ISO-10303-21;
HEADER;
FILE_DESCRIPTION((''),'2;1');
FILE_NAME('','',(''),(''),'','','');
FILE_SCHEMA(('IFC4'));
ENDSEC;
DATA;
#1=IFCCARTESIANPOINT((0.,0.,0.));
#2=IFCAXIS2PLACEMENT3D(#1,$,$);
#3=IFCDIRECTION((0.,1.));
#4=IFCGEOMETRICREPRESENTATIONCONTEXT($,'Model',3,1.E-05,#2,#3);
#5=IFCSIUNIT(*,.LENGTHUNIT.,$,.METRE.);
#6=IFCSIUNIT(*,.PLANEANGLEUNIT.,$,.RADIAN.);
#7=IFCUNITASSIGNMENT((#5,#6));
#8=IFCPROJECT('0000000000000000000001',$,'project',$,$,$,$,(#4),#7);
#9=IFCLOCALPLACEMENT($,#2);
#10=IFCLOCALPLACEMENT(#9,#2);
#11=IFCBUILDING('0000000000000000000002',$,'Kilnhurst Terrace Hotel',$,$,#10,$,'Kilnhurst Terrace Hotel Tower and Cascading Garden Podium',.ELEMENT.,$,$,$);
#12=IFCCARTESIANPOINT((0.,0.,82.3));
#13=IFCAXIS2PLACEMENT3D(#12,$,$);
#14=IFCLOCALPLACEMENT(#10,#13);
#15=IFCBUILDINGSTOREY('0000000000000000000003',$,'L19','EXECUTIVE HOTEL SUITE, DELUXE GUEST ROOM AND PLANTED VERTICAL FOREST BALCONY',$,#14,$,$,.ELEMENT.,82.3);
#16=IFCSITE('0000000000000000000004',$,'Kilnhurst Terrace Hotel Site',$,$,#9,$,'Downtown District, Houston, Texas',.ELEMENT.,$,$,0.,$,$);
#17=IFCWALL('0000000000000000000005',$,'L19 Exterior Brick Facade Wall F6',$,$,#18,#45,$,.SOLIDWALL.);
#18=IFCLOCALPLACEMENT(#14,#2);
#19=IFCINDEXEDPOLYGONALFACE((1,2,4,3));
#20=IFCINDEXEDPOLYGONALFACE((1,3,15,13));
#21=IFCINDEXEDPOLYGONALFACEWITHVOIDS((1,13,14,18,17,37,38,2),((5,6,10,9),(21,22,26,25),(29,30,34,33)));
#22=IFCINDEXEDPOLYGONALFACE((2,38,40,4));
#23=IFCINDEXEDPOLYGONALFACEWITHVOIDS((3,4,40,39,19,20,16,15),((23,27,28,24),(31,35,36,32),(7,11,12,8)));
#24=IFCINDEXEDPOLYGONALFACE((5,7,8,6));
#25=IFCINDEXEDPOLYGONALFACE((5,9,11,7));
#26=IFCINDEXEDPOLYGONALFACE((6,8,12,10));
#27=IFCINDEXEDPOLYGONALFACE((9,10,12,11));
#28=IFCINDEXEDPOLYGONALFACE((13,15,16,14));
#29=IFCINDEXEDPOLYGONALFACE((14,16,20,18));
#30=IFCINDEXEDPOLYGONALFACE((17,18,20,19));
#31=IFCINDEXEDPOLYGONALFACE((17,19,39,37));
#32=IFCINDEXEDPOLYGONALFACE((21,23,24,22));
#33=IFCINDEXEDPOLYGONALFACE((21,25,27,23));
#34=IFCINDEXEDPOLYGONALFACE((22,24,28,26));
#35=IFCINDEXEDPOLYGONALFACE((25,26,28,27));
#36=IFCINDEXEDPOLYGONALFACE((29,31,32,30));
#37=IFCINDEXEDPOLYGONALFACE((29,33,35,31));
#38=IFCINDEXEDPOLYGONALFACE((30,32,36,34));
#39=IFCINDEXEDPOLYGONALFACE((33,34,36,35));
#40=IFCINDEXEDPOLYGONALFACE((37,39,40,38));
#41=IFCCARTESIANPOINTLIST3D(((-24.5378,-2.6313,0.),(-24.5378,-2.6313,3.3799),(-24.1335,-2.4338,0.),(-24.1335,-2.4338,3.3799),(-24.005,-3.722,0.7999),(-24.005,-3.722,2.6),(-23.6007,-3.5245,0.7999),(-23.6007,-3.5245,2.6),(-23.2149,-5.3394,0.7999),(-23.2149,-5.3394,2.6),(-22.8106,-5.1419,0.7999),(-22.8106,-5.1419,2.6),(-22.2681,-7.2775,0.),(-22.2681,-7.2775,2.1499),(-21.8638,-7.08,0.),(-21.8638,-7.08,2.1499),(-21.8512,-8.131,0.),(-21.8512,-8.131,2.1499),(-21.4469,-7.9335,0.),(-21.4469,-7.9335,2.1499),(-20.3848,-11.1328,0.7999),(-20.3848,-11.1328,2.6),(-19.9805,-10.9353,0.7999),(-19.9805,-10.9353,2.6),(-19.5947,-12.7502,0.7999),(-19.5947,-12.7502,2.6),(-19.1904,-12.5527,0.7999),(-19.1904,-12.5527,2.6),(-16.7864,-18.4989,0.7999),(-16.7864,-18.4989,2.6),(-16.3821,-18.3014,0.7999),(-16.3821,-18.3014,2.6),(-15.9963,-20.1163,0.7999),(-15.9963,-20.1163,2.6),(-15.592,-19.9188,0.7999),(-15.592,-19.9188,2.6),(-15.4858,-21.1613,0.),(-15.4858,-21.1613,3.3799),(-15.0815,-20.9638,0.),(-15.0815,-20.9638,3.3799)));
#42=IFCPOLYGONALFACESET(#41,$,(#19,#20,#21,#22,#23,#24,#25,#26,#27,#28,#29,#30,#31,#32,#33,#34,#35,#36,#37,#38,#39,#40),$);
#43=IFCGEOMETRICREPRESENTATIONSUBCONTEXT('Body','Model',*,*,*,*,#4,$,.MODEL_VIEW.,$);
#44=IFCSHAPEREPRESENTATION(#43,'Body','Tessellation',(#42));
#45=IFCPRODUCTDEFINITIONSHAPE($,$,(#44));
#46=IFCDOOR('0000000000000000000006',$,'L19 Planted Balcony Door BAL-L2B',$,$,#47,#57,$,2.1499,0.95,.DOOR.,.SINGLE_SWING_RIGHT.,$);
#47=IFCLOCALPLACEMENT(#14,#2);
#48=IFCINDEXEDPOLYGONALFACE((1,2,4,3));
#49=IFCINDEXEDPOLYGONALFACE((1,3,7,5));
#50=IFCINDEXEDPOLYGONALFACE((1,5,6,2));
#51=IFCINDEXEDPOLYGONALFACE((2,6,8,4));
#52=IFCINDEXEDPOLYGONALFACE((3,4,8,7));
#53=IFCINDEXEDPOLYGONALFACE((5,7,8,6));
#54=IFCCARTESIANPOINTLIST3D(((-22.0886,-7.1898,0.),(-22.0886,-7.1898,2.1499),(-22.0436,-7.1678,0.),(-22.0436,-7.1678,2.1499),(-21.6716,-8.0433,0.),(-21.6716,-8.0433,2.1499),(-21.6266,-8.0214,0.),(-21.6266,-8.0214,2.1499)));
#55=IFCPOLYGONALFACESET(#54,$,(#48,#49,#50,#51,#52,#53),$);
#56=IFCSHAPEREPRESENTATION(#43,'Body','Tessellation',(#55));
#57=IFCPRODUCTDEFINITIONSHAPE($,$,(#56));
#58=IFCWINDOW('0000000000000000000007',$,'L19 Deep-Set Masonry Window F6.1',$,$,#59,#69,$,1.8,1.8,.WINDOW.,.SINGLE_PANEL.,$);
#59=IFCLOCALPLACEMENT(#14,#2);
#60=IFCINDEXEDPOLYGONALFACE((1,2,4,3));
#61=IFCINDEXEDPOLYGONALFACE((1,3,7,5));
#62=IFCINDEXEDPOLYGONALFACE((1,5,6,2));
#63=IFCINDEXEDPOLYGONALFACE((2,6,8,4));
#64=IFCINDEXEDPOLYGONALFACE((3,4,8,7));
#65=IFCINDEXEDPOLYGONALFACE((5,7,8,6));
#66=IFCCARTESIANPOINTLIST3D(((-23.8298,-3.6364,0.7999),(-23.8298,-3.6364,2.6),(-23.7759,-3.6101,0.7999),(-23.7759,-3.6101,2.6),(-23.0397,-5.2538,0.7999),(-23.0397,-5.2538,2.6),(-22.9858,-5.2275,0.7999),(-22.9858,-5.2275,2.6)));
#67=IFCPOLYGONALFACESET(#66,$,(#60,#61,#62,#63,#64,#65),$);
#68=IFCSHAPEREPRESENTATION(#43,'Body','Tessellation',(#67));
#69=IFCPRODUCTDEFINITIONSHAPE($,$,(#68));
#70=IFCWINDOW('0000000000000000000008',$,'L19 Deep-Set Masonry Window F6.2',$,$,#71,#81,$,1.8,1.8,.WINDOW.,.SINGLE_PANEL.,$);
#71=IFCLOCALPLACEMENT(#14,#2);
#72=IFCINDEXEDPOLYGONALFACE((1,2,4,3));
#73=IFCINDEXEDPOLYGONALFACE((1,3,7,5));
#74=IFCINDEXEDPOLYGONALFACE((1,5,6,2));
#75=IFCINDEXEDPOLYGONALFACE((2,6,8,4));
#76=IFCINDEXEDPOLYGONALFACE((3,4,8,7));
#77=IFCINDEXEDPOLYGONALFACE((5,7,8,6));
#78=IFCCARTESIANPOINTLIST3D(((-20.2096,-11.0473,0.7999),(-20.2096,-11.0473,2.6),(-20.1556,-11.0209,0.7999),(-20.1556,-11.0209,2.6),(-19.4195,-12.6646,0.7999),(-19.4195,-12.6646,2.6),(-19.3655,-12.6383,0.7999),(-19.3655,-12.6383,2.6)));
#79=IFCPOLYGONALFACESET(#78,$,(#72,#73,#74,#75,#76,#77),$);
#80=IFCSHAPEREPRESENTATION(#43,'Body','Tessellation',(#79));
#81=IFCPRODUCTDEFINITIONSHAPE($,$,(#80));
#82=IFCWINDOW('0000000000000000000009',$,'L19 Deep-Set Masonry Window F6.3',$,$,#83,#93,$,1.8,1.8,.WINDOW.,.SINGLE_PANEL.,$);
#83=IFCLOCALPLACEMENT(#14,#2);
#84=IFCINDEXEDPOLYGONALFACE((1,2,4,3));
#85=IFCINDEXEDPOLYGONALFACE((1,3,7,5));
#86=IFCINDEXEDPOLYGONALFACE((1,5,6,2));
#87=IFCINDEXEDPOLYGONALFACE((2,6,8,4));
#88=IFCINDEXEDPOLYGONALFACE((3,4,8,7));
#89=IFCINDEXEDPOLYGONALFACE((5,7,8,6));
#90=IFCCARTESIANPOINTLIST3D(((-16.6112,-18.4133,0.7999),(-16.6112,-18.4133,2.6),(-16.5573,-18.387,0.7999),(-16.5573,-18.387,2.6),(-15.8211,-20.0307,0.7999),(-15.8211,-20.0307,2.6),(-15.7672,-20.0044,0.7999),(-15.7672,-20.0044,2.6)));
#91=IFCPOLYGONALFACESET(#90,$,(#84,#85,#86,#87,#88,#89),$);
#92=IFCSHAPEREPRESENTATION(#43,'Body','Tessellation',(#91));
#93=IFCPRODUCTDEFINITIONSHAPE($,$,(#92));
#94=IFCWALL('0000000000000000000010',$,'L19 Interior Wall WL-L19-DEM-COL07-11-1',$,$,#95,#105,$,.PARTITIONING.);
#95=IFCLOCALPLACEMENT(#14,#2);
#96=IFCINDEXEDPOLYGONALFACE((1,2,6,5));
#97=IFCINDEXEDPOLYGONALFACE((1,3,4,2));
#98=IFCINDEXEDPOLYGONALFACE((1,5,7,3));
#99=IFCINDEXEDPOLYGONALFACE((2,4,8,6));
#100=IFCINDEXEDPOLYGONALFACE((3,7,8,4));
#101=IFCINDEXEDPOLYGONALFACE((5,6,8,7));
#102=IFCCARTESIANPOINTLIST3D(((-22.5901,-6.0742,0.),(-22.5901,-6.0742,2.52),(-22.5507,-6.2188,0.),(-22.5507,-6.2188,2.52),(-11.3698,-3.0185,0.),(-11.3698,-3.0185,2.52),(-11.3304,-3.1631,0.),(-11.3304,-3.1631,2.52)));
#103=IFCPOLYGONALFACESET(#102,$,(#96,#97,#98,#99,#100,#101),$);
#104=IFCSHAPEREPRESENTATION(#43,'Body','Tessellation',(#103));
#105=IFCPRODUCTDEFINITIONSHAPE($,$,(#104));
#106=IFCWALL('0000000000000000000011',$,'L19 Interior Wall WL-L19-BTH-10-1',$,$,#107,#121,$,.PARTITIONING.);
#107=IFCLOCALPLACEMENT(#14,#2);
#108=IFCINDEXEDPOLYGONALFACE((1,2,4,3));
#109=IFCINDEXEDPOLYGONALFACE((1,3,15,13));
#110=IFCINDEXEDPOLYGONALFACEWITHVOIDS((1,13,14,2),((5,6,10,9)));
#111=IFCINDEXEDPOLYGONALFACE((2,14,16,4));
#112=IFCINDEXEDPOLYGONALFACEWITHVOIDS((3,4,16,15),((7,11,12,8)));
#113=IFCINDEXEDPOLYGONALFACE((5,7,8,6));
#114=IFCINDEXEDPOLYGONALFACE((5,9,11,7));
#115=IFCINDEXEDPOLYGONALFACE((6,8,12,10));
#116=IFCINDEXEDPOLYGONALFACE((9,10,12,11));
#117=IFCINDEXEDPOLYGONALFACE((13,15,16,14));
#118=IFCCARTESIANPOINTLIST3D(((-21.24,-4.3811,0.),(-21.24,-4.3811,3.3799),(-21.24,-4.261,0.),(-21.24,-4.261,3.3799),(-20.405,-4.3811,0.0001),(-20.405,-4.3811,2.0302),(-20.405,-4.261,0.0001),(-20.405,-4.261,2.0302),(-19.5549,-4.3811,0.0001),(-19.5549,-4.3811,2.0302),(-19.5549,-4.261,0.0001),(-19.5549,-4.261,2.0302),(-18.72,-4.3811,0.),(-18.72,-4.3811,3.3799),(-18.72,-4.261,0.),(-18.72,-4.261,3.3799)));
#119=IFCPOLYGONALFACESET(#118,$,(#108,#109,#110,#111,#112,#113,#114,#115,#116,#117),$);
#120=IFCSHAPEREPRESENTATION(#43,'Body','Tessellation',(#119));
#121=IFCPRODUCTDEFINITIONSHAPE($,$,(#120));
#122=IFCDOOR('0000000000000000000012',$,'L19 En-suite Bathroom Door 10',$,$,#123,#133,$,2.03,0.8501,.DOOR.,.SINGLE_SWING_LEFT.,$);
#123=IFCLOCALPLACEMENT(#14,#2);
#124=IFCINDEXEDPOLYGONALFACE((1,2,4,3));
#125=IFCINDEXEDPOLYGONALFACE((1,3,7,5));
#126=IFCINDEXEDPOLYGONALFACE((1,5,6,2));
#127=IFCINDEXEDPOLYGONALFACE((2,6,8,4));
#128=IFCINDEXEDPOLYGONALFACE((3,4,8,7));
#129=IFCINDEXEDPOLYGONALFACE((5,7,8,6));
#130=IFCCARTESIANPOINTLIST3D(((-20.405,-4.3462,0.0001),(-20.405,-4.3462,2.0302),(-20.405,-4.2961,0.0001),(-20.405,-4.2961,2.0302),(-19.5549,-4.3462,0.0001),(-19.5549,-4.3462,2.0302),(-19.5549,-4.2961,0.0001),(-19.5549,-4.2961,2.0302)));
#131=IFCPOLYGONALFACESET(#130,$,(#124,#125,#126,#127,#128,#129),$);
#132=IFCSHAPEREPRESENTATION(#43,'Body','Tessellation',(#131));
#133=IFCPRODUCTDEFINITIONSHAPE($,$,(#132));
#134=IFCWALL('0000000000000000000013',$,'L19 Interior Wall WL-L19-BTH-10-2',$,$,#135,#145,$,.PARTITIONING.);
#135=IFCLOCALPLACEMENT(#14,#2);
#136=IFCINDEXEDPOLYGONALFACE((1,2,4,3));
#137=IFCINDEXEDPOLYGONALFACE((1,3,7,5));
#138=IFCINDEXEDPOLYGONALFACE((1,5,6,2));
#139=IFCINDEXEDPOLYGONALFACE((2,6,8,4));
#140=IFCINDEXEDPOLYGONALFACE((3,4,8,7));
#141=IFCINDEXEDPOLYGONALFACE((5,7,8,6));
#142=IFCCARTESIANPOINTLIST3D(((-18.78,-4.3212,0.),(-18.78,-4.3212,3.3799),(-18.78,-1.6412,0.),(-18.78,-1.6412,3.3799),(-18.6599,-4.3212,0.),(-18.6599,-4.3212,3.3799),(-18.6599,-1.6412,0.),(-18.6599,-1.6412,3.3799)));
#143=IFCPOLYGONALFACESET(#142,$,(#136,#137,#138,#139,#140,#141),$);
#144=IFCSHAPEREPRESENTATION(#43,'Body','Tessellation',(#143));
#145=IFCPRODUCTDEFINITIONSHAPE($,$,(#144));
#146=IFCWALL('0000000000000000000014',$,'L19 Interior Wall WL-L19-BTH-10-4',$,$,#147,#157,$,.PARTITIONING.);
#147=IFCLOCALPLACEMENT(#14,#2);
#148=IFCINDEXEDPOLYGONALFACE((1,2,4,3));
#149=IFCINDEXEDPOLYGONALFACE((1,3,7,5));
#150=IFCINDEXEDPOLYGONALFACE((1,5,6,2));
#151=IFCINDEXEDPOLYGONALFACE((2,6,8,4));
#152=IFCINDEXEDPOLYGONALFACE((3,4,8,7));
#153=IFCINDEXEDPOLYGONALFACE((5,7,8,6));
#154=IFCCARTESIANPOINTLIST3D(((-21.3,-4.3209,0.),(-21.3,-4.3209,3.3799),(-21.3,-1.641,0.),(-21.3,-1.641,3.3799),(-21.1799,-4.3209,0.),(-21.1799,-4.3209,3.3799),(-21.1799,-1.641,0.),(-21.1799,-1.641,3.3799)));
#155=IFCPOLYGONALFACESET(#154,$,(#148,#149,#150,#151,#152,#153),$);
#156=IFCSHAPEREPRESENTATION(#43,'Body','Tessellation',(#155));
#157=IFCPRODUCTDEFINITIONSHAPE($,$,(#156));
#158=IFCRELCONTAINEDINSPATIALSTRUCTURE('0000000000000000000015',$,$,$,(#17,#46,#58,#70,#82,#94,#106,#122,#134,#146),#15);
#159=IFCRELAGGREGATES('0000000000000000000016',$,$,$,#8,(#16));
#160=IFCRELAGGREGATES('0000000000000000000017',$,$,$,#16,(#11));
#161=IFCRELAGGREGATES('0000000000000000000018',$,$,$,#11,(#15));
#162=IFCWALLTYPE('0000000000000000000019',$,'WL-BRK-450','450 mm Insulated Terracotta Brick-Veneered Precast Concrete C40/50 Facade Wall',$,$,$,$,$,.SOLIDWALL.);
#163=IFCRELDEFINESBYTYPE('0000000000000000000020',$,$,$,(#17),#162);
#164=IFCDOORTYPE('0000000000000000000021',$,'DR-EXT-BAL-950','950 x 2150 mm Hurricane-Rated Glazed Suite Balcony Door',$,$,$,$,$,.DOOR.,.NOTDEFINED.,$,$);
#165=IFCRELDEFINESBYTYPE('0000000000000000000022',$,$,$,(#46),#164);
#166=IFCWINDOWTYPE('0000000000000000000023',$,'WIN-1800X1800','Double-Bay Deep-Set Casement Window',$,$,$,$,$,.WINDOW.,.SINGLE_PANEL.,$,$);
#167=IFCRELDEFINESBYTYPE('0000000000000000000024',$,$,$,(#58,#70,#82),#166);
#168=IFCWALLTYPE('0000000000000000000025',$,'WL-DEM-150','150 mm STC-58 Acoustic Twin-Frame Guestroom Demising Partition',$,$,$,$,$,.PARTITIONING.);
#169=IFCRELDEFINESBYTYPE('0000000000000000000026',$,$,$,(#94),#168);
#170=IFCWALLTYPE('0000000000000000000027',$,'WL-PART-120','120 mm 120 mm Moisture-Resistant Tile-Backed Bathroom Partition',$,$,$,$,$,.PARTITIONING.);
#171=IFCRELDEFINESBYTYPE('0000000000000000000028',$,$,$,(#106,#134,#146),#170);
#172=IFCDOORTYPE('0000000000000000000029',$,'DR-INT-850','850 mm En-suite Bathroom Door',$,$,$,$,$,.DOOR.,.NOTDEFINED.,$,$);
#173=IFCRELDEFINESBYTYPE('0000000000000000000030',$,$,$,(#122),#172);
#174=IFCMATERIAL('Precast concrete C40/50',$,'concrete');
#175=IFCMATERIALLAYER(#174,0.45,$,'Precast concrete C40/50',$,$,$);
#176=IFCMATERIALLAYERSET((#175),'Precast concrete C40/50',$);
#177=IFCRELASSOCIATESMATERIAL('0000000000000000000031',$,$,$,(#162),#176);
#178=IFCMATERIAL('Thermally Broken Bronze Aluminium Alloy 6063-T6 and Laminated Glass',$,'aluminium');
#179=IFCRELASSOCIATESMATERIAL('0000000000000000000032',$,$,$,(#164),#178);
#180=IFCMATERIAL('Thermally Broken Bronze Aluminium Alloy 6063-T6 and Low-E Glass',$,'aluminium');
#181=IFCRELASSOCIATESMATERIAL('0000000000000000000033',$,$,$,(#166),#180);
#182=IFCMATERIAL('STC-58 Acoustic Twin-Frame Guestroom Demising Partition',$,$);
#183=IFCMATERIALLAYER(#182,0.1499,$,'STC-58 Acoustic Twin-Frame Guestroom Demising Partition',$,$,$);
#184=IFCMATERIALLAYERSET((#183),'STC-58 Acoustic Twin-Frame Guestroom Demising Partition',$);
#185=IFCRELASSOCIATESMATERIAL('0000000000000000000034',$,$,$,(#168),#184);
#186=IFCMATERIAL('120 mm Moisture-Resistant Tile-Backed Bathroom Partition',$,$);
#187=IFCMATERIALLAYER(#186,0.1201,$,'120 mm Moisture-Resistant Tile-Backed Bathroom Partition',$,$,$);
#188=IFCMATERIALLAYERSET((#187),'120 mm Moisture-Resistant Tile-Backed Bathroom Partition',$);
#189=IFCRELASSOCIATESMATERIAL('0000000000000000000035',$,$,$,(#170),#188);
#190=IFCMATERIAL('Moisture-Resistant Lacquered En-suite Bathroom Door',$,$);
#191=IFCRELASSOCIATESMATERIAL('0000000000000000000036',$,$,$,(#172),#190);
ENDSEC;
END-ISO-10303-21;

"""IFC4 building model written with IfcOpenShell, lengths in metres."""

from ifc_helpers import new_model, si_unit, direction, frame, frame_2d, origin, place, context, subcontext, project, spatial, rectangle, extrude, material, layer, layer_set, type_object, element, fill, save


model = new_model("IFC4")

# Units and contexts
model_context = context("Model", 3, precision=1e-05, world=origin(), true_north=direction((0.0, 1.0)))
body_context = subcontext(model_context, "Body", "Model", "MODEL_VIEW")
ifc_project = project(units=[si_unit("LENGTHUNIT", "METRE"), si_unit("PLANEANGLEUNIT", "RADIAN")], contexts=[model_context])

# Site, building, storey
site_placement = place(None, origin())
site = spatial("IfcSite", under=ifc_project, at=site_placement, Name="Kilnhurst Terrace Hotel Site", LongName="Downtown District, Houston, Texas", CompositionType="ELEMENT", RefElevation=0.0)
building_placement = place(site_placement, origin())
building = spatial("IfcBuilding", under=site, at=building_placement, Name="Kilnhurst Terrace Hotel", LongName="Kilnhurst Terrace Hotel Tower and Cascading Garden Podium", CompositionType="ELEMENT")
storey_placement = place(building_placement, frame((0.0, 0.0, 82.3)))
storey = spatial("IfcBuildingStorey", under=building, at=storey_placement, Name="L19", Description="EXECUTIVE HOTEL SUITE, DELUXE GUEST ROOM AND PLANTED VERTICAL FOREST BALCONY", CompositionType="ELEMENT", Elevation=82.3)

# Shared definitions
ifc_material_1 = material(Name="Precast concrete C40/50", Category="concrete")
ifc_layer_1 = layer(ifc_material_1, 0.45, Name="Precast concrete C40/50")
ifc_layer_set_1 = layer_set([ifc_layer_1], Name="Precast concrete C40/50")
wall_type_1 = type_object("IfcWallType", Name="WL-BRK-450", Description="450 mm Insulated Terracotta Brick-Veneered Precast Concrete C40/50 Facade Wall", PredefinedType="SOLIDWALL", material=ifc_layer_set_1)

# Wall, openings, door, windows
wall_1_placement = place(storey_placement, frame((-24.3357, -2.5325, 0.0), z_axis=(0.0, 0.0, 1.0), x_axis=(0.438931, -0.898521, 0.0)))
wall_1 = element("IfcWall", 1, at=wall_1_placement, inside=storey, type_object=wall_type_1, Name="L19 Exterior Brick Facade Wall F6", PredefinedType="SOLIDWALL", context=body_context, shape_type="SweptSolid", body=[
    extrude(rectangle(XDim=20.6228, YDim=0.45, at=frame_2d((10.3115, 0.0))), origin(), (0.0, 0.0, 1.0), 3.3799),
])
opening_1_placement = place(wall_1_placement, frame((5.1709, 0.0, 0.0)))
opening_1 = element("IfcOpeningElement", 2, at=opening_1_placement, cuts=wall_1, PredefinedType="OPENING", context=body_context, shape_type="SweptSolid", body=[
    extrude(rectangle(XDim=0.95, YDim=2.1499, at=frame_2d((0.4751, 1.075))), frame((0.0, 0.2349, 0.0), z_axis=(0.0, -1.0, 0.0), x_axis=(1.0, 0.0, 0.0)), (0.0, 0.0, 1.0), 0.47),
])
opening_2_placement = place(wall_1_placement, frame((1.2141, 0.0, 0.8)))
opening_2 = element("IfcOpeningElement", 3, at=opening_2_placement, cuts=wall_1, PredefinedType="OPENING", context=body_context, shape_type="SweptSolid", body=[
    extrude(rectangle(XDim=1.8, YDim=1.8, at=frame_2d((0.8999, 0.8999))), frame((0.0, 0.2349, 0.0), z_axis=(0.0, -1.0, 0.0), x_axis=(1.0, 0.0, 0.0)), (0.0, 0.0, 1.0), 0.47),
])
opening_3_placement = place(wall_1_placement, frame((9.4619, 0.0, 0.8)))
opening_3 = element("IfcOpeningElement", 4, at=opening_3_placement, cuts=wall_1, PredefinedType="OPENING", context=body_context, shape_type="SweptSolid", body=[
    extrude(rectangle(XDim=1.8, YDim=1.8, at=frame_2d((0.8999, 0.8999))), frame((0.0, 0.2349, 0.0), z_axis=(0.0, -1.0, 0.0), x_axis=(1.0, 0.0, 0.0)), (0.0, 0.0, 1.0), 0.47),
])
opening_4_placement = place(wall_1_placement, frame((17.6599, 0.0, 0.8)))
opening_4 = element("IfcOpeningElement", 5, at=opening_4_placement, cuts=wall_1, PredefinedType="OPENING", context=body_context, shape_type="SweptSolid", body=[
    extrude(rectangle(XDim=1.8, YDim=1.8, at=frame_2d((0.8999, 0.8999))), frame((0.0, 0.2349, 0.0), z_axis=(0.0, -1.0, 0.0), x_axis=(1.0, 0.0, 0.0)), (0.0, 0.0, 1.0), 0.47),
])
ifc_material_2 = material(Name="Thermally Broken Bronze Aluminium Alloy 6063-T6 and Laminated Glass", Category="aluminium")
door_type_1 = type_object("IfcDoorType", Name="DR-EXT-BAL-950", Description="950 x 2150 mm Hurricane-Rated Glazed Suite Balcony Door", OperationType="NOTDEFINED", PredefinedType="DOOR", material=ifc_material_2)
door_1_placement = place(opening_1_placement, origin())
door_1 = element("IfcDoor", 6, at=door_1_placement, inside=storey, type_object=door_type_1, Name="L19 Planted Balcony Door BAL-L2B", OperationType="SINGLE_SWING_RIGHT", OverallHeight=2.1499, OverallWidth=0.95, PredefinedType="DOOR", context=body_context, shape_type="SweptSolid", body=[
    extrude(rectangle(XDim=0.95, YDim=2.1499, at=frame_2d((0.4751, 1.075))), frame((0.0, 0.0249, 0.0), z_axis=(0.0, -1.0, 0.0), x_axis=(1.0, 0.0, 0.0)), (0.0, 0.0, 1.0), 0.05),
])
fill(opening_1, door_1)
ifc_material_3 = material(Name="Thermally Broken Bronze Aluminium Alloy 6063-T6 and Low-E Glass", Category="aluminium")
window_type = type_object("IfcWindowType", Name="WIN-1800X1800", Description="Double-Bay Deep-Set Casement Window", PartitioningType="SINGLE_PANEL", PredefinedType="WINDOW", material=ifc_material_3)
window_1_placement = place(opening_2_placement, origin())
window_1 = element("IfcWindow", 7, at=window_1_placement, inside=storey, type_object=window_type, Name="L19 Deep-Set Masonry Window F6.1", OverallHeight=1.8, OverallWidth=1.8, PartitioningType="SINGLE_PANEL", PredefinedType="WINDOW", context=body_context, shape_type="SweptSolid", body=[
    extrude(rectangle(XDim=1.8, YDim=1.8, at=frame_2d((0.8999, 0.8999))), frame((0.0, 0.03, 0.0), z_axis=(0.0, -1.0, 0.0), x_axis=(1.0, 0.0, 0.0)), (0.0, 0.0, 1.0), 0.0601),
])
fill(opening_2, window_1)
window_2_placement = place(opening_3_placement, origin())
window_2 = element("IfcWindow", 8, at=window_2_placement, inside=storey, type_object=window_type, Name="L19 Deep-Set Masonry Window F6.2", OverallHeight=1.8, OverallWidth=1.8, PartitioningType="SINGLE_PANEL", PredefinedType="WINDOW", context=body_context, shape_type="SweptSolid", body=[
    extrude(rectangle(XDim=1.8, YDim=1.8, at=frame_2d((0.8999, 0.8999))), frame((0.0, 0.03, 0.0), z_axis=(0.0, -1.0, 0.0), x_axis=(1.0, 0.0, 0.0)), (0.0, 0.0, 1.0), 0.0601),
])
fill(opening_3, window_2)
window_3_placement = place(opening_4_placement, origin())
window_3 = element("IfcWindow", 9, at=window_3_placement, inside=storey, type_object=window_type, Name="L19 Deep-Set Masonry Window F6.3", OverallHeight=1.8, OverallWidth=1.8, PartitioningType="SINGLE_PANEL", PredefinedType="WINDOW", context=body_context, shape_type="SweptSolid", body=[
    extrude(rectangle(XDim=1.8, YDim=1.8, at=frame_2d((0.8999, 0.8999))), frame((0.0, 0.03, 0.0), z_axis=(0.0, -1.0, 0.0), x_axis=(1.0, 0.0, 0.0)), (0.0, 0.0, 1.0), 0.0601),
])
fill(opening_4, window_3)

# Wall
ifc_material_4 = material(Name="STC-58 Acoustic Twin-Frame Guestroom Demising Partition")
ifc_layer_2 = layer(ifc_material_4, 0.1499, Name="STC-58 Acoustic Twin-Frame Guestroom Demising Partition")
ifc_layer_set_2 = layer_set([ifc_layer_2], Name="STC-58 Acoustic Twin-Frame Guestroom Demising Partition")
wall_type_2 = type_object("IfcWallType", Name="WL-DEM-150", Description="150 mm STC-58 Acoustic Twin-Frame Guestroom Demising Partition", PredefinedType="PARTITIONING", material=ifc_layer_set_2)
wall_2_placement = place(storey_placement, frame((-11.3501, -3.0908, 0.0), z_axis=(0.0, 0.0, 1.0), x_axis=(-0.96486, -0.262766, 0.0)))
element("IfcWall", 10, at=wall_2_placement, inside=storey, type_object=wall_type_2, Name="L19 Interior Wall WL-L19-DEM-COL07-11-1", PredefinedType="PARTITIONING", context=body_context, shape_type="SweptSolid", body=[
    extrude(rectangle(XDim=11.6289, YDim=0.1499, at=frame_2d((5.8145, 0.0))), origin(), (0.0, 0.0, 1.0), 2.52),
])

# Wall, opening, door
ifc_material_5 = material(Name="120 mm Moisture-Resistant Tile-Backed Bathroom Partition")
ifc_layer_3 = layer(ifc_material_5, 0.1201, Name="120 mm Moisture-Resistant Tile-Backed Bathroom Partition")
ifc_layer_set_3 = layer_set([ifc_layer_3], Name="120 mm Moisture-Resistant Tile-Backed Bathroom Partition")
wall_type_3 = type_object("IfcWallType", Name="WL-PART-120", Description="120 mm 120 mm Moisture-Resistant Tile-Backed Bathroom Partition", PredefinedType="PARTITIONING", material=ifc_layer_set_3)
wall_3_placement = place(storey_placement, frame((-21.24, -4.321, 0.0), z_axis=(0.0, 0.0, 1.0), x_axis=(1.0, 0.0, 0.0)))
wall_3 = element("IfcWall", 11, at=wall_3_placement, inside=storey, type_object=wall_type_3, Name="L19 Interior Wall WL-L19-BTH-10-1", PredefinedType="PARTITIONING", context=body_context, shape_type="SweptSolid", body=[
    extrude(rectangle(XDim=2.52, YDim=0.1201, at=frame_2d((1.26, 0.0))), origin(), (0.0, 0.0, 1.0), 3.3799),
])
opening_5_placement = place(wall_3_placement, frame((0.835, 0.0, 0.0)))
opening_5 = element("IfcOpeningElement", 12, at=opening_5_placement, cuts=wall_3, PredefinedType="OPENING", context=body_context, shape_type="SweptSolid", body=[
    extrude(rectangle(XDim=0.8501, YDim=2.03, at=frame_2d((0.425, 1.0151))), frame((0.0, 0.0701, 0.0), z_axis=(0.0, -1.0, 0.0), x_axis=(1.0, 0.0, 0.0)), (0.0, 0.0, 1.0), 0.1401),
])
ifc_material_6 = material(Name="Moisture-Resistant Lacquered En-suite Bathroom Door")
door_type_2 = type_object("IfcDoorType", Name="DR-INT-850", Description="850 mm En-suite Bathroom Door", OperationType="NOTDEFINED", PredefinedType="DOOR", material=ifc_material_6)
door_2_placement = place(opening_5_placement, origin())
door_2 = element("IfcDoor", 13, at=door_2_placement, inside=storey, type_object=door_type_2, Name="L19 En-suite Bathroom Door 10", OperationType="SINGLE_SWING_LEFT", OverallHeight=2.03, OverallWidth=0.8501, PredefinedType="DOOR", context=body_context, shape_type="SweptSolid", body=[
    extrude(rectangle(XDim=0.8501, YDim=2.03, at=frame_2d((0.425, 1.0151))), frame((0.0, 0.0249, 0.0), z_axis=(0.0, -1.0, 0.0), x_axis=(1.0, 0.0, 0.0)), (0.0, 0.0, 1.0), 0.05),
])
fill(opening_5, door_2)

# Walls
for number, where, z_axis, x_axis, name in (
    (14, (-18.72, -4.321, 0.0), (0.0, 0.0, 1.0), (0.0, 1.0, 0.0), "L19 Interior Wall WL-L19-BTH-10-2"),
    (15, (-21.24, -1.6411, 0.0), (0.0, 0.0, 1.0), (0.0, -1.0, 0.0), "L19 Interior Wall WL-L19-BTH-10-4"),
):
    element("IfcWall", number, at=place(storey_placement, frame(where, z_axis=z_axis, x_axis=x_axis)), inside=storey, type_object=wall_type_3, Name=name, PredefinedType="PARTITIONING", context=body_context, shape_type="SweptSolid", body=[
        extrude(rectangle(XDim=2.6799, YDim=0.1201, at=frame_2d((1.3398, 0.0))), origin(), (0.0, 0.0, 1.0), 3.3799),
    ])

save(model, "model.ifc")
